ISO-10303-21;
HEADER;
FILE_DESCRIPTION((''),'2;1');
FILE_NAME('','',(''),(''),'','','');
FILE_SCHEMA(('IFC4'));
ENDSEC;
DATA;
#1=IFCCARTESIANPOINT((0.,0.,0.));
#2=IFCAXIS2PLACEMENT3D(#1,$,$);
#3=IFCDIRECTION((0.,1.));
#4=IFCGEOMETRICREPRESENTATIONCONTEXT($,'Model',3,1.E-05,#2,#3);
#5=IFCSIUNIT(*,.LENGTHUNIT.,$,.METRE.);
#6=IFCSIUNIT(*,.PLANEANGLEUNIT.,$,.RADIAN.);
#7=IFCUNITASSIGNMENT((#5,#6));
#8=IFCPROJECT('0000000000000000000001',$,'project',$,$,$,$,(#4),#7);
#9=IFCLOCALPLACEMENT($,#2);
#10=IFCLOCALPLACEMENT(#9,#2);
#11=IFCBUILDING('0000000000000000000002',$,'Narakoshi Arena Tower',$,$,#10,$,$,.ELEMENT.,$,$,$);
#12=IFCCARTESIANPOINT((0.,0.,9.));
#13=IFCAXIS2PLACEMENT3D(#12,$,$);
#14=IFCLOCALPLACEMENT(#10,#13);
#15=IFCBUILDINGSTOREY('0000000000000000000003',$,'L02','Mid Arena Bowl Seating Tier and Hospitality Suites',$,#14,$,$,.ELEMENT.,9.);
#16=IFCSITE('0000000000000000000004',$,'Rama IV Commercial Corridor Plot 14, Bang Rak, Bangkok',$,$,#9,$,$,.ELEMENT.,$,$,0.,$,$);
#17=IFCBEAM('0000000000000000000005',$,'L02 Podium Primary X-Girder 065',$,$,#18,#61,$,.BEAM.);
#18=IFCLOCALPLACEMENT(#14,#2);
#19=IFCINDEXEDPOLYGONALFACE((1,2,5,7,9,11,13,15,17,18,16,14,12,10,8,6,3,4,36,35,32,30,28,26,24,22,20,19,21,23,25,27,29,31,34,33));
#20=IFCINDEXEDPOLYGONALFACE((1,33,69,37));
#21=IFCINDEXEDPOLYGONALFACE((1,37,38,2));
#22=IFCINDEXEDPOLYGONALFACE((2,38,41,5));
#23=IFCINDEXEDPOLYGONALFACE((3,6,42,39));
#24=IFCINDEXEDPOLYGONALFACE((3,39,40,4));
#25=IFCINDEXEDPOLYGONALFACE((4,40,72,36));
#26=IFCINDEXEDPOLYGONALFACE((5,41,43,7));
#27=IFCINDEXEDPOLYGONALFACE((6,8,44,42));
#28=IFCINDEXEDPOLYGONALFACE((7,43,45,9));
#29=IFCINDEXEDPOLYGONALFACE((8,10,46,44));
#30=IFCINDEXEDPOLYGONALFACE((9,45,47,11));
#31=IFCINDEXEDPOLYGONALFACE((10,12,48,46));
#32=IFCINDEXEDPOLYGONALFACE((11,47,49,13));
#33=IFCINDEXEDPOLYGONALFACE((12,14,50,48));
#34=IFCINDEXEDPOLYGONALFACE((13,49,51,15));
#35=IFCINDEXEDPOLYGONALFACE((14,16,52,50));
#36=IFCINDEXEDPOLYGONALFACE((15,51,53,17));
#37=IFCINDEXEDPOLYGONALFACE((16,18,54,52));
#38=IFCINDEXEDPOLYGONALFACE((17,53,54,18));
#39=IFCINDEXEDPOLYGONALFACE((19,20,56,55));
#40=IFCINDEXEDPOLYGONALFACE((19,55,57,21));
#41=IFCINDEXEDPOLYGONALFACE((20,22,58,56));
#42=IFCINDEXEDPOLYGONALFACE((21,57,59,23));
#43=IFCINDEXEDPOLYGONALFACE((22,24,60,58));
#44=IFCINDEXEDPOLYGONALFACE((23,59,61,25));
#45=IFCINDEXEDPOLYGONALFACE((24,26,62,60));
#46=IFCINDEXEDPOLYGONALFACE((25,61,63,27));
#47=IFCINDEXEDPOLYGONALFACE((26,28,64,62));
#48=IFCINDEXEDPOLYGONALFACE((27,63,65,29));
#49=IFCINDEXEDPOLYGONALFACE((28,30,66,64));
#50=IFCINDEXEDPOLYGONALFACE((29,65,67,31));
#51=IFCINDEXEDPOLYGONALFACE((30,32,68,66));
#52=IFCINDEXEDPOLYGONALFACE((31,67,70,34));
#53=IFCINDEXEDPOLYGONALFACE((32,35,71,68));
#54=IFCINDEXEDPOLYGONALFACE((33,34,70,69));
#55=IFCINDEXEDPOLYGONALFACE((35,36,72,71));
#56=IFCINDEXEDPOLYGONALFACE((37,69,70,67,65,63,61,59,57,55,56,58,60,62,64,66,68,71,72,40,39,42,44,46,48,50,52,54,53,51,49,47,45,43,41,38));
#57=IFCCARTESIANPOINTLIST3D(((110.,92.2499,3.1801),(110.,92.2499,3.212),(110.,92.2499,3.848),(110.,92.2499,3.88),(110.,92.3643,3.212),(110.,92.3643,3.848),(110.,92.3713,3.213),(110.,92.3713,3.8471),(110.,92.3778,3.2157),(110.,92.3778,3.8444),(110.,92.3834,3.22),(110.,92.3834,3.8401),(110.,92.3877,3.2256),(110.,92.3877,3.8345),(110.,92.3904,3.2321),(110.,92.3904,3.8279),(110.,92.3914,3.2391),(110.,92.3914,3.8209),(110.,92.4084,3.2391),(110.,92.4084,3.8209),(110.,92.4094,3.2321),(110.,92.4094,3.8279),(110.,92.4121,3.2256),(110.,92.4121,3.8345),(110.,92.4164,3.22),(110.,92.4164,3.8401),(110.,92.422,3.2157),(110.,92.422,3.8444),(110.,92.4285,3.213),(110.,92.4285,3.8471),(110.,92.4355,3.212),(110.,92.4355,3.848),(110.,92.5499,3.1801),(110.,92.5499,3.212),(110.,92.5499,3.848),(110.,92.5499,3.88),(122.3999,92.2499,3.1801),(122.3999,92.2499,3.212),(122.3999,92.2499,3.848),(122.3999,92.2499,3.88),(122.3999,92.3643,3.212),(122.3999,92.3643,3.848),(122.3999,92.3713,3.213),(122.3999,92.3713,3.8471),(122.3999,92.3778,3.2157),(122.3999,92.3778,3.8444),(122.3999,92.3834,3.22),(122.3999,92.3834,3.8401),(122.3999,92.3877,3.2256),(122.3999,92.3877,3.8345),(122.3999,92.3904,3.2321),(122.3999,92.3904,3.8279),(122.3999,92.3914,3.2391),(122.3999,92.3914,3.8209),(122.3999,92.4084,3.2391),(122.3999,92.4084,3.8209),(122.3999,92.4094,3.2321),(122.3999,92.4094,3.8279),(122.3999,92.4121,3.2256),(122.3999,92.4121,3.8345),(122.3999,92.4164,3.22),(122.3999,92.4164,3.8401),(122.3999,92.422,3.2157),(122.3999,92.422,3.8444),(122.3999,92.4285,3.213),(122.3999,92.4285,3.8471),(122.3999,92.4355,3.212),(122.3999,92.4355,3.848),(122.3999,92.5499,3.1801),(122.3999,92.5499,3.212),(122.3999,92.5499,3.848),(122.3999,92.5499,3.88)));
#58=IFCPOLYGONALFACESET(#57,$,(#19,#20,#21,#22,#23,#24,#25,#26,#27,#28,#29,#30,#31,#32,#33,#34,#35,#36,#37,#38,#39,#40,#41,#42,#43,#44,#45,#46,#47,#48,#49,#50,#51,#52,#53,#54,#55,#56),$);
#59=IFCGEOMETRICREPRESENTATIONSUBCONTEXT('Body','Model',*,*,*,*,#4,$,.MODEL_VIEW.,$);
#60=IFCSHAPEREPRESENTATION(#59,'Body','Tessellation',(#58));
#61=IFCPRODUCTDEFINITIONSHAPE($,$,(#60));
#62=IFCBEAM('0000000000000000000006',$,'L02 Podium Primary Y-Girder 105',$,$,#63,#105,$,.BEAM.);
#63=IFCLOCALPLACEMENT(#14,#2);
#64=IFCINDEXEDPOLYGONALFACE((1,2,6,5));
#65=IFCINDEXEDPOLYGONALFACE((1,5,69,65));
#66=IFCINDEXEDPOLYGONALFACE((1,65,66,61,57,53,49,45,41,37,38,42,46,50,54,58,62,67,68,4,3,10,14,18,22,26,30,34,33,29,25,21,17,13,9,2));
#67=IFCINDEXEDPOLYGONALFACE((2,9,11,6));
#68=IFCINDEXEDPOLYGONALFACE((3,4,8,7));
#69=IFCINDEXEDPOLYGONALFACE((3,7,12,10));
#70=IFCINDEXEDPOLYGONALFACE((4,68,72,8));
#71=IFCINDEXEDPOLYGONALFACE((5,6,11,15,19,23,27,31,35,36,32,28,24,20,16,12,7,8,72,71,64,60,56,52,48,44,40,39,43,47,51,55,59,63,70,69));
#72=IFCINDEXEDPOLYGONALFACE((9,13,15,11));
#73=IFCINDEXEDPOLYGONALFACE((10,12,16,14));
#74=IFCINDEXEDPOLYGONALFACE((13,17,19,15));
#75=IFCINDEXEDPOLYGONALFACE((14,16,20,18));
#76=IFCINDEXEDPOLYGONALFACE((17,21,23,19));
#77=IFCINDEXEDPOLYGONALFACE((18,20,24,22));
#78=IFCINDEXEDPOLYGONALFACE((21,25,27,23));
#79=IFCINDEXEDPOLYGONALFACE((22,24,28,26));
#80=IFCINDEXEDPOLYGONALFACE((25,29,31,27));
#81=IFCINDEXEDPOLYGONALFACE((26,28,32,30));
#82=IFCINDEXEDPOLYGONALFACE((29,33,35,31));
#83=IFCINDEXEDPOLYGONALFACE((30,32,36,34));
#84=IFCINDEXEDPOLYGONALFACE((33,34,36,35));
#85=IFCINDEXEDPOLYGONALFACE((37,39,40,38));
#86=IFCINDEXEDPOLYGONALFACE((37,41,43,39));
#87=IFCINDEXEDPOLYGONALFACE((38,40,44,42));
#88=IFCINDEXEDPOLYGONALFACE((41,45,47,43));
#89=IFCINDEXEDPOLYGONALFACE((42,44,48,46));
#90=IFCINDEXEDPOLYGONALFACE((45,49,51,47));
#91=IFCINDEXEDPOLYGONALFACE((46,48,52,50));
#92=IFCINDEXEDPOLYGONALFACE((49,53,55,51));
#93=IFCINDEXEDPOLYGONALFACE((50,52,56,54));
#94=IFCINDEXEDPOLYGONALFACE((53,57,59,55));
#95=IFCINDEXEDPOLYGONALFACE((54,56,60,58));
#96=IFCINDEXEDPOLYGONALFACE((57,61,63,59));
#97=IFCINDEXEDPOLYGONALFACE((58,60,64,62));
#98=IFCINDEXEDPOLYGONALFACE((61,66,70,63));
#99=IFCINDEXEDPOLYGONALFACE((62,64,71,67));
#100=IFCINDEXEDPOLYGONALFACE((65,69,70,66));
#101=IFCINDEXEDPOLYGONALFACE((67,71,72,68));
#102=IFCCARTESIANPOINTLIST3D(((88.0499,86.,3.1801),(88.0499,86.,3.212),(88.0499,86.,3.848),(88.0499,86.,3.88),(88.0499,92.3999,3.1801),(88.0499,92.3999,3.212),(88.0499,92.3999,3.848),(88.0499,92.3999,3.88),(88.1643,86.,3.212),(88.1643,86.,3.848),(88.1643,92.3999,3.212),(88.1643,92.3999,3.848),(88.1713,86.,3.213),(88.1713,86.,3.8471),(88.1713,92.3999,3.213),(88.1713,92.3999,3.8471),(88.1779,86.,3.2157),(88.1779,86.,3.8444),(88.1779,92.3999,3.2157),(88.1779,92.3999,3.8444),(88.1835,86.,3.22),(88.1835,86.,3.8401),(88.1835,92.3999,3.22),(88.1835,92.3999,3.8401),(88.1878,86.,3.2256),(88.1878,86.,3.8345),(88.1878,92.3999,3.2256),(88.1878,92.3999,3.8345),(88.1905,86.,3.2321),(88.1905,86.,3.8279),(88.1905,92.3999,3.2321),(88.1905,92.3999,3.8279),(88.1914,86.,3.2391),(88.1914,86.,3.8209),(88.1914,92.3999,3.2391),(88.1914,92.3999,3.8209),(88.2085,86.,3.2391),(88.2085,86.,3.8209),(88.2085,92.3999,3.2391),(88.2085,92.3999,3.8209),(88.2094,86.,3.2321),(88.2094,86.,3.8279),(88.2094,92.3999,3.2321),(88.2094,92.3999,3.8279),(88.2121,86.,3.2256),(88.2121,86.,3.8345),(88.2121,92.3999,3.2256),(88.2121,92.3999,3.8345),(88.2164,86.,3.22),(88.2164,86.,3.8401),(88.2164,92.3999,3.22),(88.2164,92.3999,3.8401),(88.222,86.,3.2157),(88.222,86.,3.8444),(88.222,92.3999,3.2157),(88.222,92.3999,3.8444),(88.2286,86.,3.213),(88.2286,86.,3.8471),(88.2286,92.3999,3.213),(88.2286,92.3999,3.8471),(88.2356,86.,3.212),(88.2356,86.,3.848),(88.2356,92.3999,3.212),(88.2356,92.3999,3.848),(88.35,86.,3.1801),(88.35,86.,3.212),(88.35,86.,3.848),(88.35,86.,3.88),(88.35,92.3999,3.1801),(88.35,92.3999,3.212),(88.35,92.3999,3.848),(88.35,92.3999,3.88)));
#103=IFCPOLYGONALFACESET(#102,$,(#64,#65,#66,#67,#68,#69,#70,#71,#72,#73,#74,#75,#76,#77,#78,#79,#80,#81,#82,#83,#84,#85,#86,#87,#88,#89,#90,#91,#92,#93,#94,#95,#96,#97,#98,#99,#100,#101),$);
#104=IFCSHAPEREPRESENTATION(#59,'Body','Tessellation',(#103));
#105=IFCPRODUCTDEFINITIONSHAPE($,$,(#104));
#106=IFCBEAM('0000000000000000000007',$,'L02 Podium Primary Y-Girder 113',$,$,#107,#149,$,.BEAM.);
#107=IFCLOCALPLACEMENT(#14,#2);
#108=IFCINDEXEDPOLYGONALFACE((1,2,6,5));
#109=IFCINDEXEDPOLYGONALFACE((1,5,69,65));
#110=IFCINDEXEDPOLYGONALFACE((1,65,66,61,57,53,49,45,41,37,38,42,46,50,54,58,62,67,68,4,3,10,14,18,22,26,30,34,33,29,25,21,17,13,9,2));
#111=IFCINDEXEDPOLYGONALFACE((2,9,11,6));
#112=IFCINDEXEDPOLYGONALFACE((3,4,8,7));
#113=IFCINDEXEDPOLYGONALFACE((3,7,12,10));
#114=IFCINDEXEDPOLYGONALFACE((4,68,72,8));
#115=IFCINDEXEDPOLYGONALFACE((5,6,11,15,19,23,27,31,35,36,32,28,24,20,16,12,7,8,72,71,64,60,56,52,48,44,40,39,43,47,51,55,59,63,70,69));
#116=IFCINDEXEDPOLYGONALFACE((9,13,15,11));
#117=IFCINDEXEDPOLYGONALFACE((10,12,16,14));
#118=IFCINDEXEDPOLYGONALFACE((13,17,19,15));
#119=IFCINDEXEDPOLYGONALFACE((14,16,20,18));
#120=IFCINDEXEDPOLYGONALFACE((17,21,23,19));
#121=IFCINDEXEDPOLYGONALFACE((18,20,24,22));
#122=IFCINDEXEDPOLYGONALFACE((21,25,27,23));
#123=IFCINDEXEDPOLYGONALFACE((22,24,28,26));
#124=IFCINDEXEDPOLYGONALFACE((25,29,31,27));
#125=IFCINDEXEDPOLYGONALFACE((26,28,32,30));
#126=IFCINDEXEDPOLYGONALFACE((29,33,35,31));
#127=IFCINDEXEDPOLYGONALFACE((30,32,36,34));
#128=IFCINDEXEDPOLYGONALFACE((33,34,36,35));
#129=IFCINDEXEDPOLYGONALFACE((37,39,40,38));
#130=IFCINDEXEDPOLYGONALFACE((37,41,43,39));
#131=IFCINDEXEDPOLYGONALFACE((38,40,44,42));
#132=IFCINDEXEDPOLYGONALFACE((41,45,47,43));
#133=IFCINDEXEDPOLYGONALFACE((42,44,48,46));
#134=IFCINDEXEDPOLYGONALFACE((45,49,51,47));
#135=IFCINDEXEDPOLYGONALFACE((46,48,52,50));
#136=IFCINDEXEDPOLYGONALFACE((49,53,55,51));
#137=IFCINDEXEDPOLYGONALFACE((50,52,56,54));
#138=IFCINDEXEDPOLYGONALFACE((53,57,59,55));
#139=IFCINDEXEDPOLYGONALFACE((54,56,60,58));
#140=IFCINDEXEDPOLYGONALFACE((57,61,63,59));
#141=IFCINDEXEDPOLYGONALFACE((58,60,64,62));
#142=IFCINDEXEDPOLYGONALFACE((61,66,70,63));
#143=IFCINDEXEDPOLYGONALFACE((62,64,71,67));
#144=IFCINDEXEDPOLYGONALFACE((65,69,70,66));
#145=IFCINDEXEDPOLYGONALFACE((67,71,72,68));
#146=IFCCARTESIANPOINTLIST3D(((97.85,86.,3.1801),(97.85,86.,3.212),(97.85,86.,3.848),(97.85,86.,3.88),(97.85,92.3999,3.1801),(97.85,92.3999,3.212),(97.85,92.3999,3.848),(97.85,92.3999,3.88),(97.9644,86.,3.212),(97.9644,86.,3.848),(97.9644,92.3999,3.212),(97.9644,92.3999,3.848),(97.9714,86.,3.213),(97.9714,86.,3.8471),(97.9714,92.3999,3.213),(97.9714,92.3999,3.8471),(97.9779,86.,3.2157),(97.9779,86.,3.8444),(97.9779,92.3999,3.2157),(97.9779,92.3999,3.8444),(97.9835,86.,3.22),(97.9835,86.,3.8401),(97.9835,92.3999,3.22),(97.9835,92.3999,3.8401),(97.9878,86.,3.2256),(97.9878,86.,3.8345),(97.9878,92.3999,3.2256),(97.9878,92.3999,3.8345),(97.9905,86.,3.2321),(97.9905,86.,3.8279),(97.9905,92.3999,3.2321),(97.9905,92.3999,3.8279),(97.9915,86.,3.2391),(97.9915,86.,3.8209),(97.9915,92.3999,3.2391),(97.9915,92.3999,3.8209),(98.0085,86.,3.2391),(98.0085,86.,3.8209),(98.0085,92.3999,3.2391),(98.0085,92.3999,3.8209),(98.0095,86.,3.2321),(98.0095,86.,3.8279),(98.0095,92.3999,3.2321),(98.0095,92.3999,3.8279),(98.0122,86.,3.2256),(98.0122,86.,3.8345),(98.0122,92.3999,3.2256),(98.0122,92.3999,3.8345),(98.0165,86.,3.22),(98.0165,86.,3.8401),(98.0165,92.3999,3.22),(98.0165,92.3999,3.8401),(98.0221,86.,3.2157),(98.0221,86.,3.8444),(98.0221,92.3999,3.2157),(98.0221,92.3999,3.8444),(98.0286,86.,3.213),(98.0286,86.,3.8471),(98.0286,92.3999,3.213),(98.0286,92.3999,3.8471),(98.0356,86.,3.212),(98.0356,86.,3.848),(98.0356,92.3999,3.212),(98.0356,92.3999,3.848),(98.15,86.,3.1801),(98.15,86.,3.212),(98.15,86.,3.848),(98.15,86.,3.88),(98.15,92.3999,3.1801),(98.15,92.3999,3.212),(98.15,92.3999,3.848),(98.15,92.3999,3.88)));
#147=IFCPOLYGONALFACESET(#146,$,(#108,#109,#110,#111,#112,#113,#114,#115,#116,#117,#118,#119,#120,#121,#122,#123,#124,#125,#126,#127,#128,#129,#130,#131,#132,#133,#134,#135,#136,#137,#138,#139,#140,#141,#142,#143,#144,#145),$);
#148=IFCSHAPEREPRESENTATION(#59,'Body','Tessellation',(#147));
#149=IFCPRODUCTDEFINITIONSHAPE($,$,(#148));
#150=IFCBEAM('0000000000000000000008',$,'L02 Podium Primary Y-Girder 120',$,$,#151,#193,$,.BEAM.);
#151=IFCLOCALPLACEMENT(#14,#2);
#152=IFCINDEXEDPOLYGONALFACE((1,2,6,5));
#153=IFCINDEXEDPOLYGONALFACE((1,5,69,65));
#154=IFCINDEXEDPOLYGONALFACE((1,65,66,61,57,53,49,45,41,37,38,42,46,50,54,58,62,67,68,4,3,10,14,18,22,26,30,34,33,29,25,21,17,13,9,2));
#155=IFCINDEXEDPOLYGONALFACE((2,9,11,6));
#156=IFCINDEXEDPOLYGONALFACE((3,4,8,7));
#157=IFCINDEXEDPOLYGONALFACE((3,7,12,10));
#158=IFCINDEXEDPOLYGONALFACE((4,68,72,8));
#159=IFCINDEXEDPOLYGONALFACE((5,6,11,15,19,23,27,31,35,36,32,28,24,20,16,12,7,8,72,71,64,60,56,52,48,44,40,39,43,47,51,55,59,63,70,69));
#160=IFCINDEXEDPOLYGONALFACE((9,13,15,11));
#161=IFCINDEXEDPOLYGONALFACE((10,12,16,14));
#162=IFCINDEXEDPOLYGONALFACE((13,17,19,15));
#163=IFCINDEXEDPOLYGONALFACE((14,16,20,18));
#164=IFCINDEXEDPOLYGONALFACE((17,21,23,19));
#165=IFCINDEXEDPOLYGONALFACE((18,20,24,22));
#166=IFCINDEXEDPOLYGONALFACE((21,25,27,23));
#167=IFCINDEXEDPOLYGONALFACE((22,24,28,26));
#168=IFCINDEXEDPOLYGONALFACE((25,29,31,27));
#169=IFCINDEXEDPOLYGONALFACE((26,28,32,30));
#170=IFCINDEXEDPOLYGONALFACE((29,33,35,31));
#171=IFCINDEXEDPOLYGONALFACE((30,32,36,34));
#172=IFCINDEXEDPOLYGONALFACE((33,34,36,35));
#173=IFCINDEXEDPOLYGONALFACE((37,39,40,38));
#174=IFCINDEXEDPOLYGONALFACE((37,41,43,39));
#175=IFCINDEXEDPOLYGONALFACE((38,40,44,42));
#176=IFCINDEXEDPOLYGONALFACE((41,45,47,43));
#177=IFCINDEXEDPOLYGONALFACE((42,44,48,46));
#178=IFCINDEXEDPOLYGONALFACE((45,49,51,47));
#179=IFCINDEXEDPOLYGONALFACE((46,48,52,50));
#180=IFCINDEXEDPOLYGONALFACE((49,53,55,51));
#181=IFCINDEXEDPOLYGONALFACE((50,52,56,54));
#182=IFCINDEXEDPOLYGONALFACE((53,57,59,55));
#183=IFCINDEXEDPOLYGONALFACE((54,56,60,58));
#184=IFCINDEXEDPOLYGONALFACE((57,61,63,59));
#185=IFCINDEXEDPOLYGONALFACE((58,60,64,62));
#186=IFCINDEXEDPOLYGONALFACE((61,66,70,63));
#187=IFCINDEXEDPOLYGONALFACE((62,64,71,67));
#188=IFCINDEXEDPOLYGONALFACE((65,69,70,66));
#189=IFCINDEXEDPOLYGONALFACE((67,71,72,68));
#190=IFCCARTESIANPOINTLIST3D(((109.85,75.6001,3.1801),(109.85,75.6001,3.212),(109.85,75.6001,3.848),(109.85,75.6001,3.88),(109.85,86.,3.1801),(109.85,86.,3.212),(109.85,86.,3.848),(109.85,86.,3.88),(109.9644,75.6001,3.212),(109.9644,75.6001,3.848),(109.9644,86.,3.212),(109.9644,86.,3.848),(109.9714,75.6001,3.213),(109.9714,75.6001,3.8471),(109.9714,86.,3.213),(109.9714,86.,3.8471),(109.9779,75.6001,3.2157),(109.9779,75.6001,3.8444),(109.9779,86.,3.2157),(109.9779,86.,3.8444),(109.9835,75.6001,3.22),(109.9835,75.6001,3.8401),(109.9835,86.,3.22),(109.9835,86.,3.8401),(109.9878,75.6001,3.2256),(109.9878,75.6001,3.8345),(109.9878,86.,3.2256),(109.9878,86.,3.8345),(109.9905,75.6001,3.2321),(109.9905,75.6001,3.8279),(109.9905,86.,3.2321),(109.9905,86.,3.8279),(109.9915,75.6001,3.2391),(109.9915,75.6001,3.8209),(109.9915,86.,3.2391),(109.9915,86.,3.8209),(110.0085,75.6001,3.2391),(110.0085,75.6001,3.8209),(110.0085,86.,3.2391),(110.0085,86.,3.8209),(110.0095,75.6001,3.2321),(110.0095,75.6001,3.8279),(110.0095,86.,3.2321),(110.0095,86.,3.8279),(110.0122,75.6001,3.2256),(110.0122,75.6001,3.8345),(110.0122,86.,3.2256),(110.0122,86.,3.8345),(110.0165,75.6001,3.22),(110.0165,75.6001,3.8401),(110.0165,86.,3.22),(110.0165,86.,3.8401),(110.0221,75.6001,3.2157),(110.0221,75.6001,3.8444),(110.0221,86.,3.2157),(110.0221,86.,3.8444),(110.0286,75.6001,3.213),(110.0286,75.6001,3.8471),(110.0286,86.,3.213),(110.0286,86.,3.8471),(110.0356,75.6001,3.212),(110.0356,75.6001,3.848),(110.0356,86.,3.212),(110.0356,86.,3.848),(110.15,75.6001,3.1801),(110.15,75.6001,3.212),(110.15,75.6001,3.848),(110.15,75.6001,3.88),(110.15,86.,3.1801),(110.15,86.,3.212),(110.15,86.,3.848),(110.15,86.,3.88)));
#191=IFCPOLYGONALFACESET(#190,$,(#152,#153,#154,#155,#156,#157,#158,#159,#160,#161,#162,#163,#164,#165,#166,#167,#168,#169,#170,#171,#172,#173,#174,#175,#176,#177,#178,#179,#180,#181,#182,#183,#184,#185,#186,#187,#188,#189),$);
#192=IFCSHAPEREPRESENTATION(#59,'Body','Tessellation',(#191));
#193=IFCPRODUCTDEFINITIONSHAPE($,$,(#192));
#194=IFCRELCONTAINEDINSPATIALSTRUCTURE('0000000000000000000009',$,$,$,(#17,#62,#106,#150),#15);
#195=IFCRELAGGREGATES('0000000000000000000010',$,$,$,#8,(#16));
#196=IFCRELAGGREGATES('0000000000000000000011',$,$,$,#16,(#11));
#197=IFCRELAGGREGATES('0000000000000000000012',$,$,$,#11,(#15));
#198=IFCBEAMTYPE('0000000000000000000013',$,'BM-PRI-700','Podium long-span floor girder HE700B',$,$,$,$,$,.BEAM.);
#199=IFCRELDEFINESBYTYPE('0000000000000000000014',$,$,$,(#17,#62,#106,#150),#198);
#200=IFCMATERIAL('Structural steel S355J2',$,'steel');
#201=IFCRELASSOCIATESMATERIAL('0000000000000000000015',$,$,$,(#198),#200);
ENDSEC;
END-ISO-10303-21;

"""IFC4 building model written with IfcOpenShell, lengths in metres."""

from ifc_helpers import new_model, si_unit, direction, frame, origin, origin_2d, place, context, subcontext, project, spatial, i_section, extrude, material, material_profile, profile_set, type_object, element, save


model = new_model("IFC4")

# Units and contexts
model_context = context("Model", 3, precision=1e-05, world=origin(), true_north=direction((0.0, 1.0)))
body_context = subcontext(model_context, "Body", "Model", "MODEL_VIEW")
ifc_project = project(units=[si_unit("LENGTHUNIT", "METRE"), si_unit("PLANEANGLEUNIT", "RADIAN")], contexts=[model_context])

# Site, building, storey
site_placement = place(None, origin())
site = spatial("IfcSite", under=ifc_project, at=site_placement, Name="Rama IV Commercial Corridor Plot 14, Bang Rak, Bangkok", CompositionType="ELEMENT", RefElevation=0.0)
building_placement = place(site_placement, origin())
building = spatial("IfcBuilding", under=site, at=building_placement, Name="Narakoshi Arena Tower", CompositionType="ELEMENT")
storey_placement = place(building_placement, frame((0.0, 0.0, 9.0)))
storey = spatial("IfcBuildingStorey", under=building, at=storey_placement, Name="L02", Description="Mid Arena Bowl Seating Tier and Hospitality Suites", CompositionType="ELEMENT", Elevation=9.0)

# Beams
ifc_material_1 = material(Name="Structural steel S355J2", Category="steel")
ifc_material_profile_1 = material_profile(ifc_material_1, i_section(OverallWidth=0.3, OverallDepth=0.7, WebThickness=0.0171, FlangeThickness=0.032, FilletRadius=0.0271, at=origin_2d()), Name="HE700B")
ifc_profile_set_1 = profile_set([ifc_material_profile_1], Name="Structural steel S355J2")
beam_type_1 = type_object("IfcBeamType", Name="BM-PRI-700", Description="Podium long-span floor girder HE700B", PredefinedType="BEAM", material=ifc_profile_set_1)
beam_1_placement = place(storey_placement, frame((110.0, 92.3999, 3.53), z_axis=(1.0, 0.0, 0.0), x_axis=(0.0, 1.0, 0.0)))
element("IfcBeam", 1, at=beam_1_placement, inside=storey, type_object=beam_type_1, Name="L02 Podium Primary X-Girder 065", PredefinedType="BEAM", context=body_context, shape_type="SweptSolid", body=[
    extrude(i_section(OverallWidth=0.3, OverallDepth=0.7, WebThickness=0.0171, FlangeThickness=0.032, FilletRadius=0.0271, at=origin_2d()), origin(), (0.0, 0.0, 1.0), 12.3999),
])
for number, where, z_axis, x_axis, name in (
    (2, (88.2, 86.0, 3.53), (0.0, 1.0, 0.0), (-1.0, 0.0, 0.0), "L02 Podium Primary Y-Girder 105"),
    (3, (98.0, 86.0, 3.53), (0.0, 1.0, 0.0), (-1.0, 0.0, 0.0), "L02 Podium Primary Y-Girder 113"),
):
    element("IfcBeam", number, at=place(storey_placement, frame(where, z_axis=z_axis, x_axis=x_axis)), inside=storey, type_object=beam_type_1, Name=name, PredefinedType="BEAM", context=body_context, shape_type="SweptSolid", body=[
        extrude(i_section(OverallWidth=0.3, OverallDepth=0.7, WebThickness=0.0171, FlangeThickness=0.032, FilletRadius=0.0271, at=origin_2d()), origin(), (0.0, 0.0, 1.0), 6.3999),
    ])
beam_2_placement = place(storey_placement, frame((110.0, 75.6001, 3.53), z_axis=(0.0, 1.0, 0.0), x_axis=(-1.0, 0.0, 0.0)))
element("IfcBeam", 4, at=beam_2_placement, inside=storey, type_object=beam_type_1, Name="L02 Podium Primary Y-Girder 120", PredefinedType="BEAM", context=body_context, shape_type="SweptSolid", body=[
    extrude(i_section(OverallWidth=0.3, OverallDepth=0.7, WebThickness=0.0171, FlangeThickness=0.032, FilletRadius=0.0271, at=origin_2d()), origin(), (0.0, 0.0, 1.0), 10.3999),
])

save(model, "model.ifc")
